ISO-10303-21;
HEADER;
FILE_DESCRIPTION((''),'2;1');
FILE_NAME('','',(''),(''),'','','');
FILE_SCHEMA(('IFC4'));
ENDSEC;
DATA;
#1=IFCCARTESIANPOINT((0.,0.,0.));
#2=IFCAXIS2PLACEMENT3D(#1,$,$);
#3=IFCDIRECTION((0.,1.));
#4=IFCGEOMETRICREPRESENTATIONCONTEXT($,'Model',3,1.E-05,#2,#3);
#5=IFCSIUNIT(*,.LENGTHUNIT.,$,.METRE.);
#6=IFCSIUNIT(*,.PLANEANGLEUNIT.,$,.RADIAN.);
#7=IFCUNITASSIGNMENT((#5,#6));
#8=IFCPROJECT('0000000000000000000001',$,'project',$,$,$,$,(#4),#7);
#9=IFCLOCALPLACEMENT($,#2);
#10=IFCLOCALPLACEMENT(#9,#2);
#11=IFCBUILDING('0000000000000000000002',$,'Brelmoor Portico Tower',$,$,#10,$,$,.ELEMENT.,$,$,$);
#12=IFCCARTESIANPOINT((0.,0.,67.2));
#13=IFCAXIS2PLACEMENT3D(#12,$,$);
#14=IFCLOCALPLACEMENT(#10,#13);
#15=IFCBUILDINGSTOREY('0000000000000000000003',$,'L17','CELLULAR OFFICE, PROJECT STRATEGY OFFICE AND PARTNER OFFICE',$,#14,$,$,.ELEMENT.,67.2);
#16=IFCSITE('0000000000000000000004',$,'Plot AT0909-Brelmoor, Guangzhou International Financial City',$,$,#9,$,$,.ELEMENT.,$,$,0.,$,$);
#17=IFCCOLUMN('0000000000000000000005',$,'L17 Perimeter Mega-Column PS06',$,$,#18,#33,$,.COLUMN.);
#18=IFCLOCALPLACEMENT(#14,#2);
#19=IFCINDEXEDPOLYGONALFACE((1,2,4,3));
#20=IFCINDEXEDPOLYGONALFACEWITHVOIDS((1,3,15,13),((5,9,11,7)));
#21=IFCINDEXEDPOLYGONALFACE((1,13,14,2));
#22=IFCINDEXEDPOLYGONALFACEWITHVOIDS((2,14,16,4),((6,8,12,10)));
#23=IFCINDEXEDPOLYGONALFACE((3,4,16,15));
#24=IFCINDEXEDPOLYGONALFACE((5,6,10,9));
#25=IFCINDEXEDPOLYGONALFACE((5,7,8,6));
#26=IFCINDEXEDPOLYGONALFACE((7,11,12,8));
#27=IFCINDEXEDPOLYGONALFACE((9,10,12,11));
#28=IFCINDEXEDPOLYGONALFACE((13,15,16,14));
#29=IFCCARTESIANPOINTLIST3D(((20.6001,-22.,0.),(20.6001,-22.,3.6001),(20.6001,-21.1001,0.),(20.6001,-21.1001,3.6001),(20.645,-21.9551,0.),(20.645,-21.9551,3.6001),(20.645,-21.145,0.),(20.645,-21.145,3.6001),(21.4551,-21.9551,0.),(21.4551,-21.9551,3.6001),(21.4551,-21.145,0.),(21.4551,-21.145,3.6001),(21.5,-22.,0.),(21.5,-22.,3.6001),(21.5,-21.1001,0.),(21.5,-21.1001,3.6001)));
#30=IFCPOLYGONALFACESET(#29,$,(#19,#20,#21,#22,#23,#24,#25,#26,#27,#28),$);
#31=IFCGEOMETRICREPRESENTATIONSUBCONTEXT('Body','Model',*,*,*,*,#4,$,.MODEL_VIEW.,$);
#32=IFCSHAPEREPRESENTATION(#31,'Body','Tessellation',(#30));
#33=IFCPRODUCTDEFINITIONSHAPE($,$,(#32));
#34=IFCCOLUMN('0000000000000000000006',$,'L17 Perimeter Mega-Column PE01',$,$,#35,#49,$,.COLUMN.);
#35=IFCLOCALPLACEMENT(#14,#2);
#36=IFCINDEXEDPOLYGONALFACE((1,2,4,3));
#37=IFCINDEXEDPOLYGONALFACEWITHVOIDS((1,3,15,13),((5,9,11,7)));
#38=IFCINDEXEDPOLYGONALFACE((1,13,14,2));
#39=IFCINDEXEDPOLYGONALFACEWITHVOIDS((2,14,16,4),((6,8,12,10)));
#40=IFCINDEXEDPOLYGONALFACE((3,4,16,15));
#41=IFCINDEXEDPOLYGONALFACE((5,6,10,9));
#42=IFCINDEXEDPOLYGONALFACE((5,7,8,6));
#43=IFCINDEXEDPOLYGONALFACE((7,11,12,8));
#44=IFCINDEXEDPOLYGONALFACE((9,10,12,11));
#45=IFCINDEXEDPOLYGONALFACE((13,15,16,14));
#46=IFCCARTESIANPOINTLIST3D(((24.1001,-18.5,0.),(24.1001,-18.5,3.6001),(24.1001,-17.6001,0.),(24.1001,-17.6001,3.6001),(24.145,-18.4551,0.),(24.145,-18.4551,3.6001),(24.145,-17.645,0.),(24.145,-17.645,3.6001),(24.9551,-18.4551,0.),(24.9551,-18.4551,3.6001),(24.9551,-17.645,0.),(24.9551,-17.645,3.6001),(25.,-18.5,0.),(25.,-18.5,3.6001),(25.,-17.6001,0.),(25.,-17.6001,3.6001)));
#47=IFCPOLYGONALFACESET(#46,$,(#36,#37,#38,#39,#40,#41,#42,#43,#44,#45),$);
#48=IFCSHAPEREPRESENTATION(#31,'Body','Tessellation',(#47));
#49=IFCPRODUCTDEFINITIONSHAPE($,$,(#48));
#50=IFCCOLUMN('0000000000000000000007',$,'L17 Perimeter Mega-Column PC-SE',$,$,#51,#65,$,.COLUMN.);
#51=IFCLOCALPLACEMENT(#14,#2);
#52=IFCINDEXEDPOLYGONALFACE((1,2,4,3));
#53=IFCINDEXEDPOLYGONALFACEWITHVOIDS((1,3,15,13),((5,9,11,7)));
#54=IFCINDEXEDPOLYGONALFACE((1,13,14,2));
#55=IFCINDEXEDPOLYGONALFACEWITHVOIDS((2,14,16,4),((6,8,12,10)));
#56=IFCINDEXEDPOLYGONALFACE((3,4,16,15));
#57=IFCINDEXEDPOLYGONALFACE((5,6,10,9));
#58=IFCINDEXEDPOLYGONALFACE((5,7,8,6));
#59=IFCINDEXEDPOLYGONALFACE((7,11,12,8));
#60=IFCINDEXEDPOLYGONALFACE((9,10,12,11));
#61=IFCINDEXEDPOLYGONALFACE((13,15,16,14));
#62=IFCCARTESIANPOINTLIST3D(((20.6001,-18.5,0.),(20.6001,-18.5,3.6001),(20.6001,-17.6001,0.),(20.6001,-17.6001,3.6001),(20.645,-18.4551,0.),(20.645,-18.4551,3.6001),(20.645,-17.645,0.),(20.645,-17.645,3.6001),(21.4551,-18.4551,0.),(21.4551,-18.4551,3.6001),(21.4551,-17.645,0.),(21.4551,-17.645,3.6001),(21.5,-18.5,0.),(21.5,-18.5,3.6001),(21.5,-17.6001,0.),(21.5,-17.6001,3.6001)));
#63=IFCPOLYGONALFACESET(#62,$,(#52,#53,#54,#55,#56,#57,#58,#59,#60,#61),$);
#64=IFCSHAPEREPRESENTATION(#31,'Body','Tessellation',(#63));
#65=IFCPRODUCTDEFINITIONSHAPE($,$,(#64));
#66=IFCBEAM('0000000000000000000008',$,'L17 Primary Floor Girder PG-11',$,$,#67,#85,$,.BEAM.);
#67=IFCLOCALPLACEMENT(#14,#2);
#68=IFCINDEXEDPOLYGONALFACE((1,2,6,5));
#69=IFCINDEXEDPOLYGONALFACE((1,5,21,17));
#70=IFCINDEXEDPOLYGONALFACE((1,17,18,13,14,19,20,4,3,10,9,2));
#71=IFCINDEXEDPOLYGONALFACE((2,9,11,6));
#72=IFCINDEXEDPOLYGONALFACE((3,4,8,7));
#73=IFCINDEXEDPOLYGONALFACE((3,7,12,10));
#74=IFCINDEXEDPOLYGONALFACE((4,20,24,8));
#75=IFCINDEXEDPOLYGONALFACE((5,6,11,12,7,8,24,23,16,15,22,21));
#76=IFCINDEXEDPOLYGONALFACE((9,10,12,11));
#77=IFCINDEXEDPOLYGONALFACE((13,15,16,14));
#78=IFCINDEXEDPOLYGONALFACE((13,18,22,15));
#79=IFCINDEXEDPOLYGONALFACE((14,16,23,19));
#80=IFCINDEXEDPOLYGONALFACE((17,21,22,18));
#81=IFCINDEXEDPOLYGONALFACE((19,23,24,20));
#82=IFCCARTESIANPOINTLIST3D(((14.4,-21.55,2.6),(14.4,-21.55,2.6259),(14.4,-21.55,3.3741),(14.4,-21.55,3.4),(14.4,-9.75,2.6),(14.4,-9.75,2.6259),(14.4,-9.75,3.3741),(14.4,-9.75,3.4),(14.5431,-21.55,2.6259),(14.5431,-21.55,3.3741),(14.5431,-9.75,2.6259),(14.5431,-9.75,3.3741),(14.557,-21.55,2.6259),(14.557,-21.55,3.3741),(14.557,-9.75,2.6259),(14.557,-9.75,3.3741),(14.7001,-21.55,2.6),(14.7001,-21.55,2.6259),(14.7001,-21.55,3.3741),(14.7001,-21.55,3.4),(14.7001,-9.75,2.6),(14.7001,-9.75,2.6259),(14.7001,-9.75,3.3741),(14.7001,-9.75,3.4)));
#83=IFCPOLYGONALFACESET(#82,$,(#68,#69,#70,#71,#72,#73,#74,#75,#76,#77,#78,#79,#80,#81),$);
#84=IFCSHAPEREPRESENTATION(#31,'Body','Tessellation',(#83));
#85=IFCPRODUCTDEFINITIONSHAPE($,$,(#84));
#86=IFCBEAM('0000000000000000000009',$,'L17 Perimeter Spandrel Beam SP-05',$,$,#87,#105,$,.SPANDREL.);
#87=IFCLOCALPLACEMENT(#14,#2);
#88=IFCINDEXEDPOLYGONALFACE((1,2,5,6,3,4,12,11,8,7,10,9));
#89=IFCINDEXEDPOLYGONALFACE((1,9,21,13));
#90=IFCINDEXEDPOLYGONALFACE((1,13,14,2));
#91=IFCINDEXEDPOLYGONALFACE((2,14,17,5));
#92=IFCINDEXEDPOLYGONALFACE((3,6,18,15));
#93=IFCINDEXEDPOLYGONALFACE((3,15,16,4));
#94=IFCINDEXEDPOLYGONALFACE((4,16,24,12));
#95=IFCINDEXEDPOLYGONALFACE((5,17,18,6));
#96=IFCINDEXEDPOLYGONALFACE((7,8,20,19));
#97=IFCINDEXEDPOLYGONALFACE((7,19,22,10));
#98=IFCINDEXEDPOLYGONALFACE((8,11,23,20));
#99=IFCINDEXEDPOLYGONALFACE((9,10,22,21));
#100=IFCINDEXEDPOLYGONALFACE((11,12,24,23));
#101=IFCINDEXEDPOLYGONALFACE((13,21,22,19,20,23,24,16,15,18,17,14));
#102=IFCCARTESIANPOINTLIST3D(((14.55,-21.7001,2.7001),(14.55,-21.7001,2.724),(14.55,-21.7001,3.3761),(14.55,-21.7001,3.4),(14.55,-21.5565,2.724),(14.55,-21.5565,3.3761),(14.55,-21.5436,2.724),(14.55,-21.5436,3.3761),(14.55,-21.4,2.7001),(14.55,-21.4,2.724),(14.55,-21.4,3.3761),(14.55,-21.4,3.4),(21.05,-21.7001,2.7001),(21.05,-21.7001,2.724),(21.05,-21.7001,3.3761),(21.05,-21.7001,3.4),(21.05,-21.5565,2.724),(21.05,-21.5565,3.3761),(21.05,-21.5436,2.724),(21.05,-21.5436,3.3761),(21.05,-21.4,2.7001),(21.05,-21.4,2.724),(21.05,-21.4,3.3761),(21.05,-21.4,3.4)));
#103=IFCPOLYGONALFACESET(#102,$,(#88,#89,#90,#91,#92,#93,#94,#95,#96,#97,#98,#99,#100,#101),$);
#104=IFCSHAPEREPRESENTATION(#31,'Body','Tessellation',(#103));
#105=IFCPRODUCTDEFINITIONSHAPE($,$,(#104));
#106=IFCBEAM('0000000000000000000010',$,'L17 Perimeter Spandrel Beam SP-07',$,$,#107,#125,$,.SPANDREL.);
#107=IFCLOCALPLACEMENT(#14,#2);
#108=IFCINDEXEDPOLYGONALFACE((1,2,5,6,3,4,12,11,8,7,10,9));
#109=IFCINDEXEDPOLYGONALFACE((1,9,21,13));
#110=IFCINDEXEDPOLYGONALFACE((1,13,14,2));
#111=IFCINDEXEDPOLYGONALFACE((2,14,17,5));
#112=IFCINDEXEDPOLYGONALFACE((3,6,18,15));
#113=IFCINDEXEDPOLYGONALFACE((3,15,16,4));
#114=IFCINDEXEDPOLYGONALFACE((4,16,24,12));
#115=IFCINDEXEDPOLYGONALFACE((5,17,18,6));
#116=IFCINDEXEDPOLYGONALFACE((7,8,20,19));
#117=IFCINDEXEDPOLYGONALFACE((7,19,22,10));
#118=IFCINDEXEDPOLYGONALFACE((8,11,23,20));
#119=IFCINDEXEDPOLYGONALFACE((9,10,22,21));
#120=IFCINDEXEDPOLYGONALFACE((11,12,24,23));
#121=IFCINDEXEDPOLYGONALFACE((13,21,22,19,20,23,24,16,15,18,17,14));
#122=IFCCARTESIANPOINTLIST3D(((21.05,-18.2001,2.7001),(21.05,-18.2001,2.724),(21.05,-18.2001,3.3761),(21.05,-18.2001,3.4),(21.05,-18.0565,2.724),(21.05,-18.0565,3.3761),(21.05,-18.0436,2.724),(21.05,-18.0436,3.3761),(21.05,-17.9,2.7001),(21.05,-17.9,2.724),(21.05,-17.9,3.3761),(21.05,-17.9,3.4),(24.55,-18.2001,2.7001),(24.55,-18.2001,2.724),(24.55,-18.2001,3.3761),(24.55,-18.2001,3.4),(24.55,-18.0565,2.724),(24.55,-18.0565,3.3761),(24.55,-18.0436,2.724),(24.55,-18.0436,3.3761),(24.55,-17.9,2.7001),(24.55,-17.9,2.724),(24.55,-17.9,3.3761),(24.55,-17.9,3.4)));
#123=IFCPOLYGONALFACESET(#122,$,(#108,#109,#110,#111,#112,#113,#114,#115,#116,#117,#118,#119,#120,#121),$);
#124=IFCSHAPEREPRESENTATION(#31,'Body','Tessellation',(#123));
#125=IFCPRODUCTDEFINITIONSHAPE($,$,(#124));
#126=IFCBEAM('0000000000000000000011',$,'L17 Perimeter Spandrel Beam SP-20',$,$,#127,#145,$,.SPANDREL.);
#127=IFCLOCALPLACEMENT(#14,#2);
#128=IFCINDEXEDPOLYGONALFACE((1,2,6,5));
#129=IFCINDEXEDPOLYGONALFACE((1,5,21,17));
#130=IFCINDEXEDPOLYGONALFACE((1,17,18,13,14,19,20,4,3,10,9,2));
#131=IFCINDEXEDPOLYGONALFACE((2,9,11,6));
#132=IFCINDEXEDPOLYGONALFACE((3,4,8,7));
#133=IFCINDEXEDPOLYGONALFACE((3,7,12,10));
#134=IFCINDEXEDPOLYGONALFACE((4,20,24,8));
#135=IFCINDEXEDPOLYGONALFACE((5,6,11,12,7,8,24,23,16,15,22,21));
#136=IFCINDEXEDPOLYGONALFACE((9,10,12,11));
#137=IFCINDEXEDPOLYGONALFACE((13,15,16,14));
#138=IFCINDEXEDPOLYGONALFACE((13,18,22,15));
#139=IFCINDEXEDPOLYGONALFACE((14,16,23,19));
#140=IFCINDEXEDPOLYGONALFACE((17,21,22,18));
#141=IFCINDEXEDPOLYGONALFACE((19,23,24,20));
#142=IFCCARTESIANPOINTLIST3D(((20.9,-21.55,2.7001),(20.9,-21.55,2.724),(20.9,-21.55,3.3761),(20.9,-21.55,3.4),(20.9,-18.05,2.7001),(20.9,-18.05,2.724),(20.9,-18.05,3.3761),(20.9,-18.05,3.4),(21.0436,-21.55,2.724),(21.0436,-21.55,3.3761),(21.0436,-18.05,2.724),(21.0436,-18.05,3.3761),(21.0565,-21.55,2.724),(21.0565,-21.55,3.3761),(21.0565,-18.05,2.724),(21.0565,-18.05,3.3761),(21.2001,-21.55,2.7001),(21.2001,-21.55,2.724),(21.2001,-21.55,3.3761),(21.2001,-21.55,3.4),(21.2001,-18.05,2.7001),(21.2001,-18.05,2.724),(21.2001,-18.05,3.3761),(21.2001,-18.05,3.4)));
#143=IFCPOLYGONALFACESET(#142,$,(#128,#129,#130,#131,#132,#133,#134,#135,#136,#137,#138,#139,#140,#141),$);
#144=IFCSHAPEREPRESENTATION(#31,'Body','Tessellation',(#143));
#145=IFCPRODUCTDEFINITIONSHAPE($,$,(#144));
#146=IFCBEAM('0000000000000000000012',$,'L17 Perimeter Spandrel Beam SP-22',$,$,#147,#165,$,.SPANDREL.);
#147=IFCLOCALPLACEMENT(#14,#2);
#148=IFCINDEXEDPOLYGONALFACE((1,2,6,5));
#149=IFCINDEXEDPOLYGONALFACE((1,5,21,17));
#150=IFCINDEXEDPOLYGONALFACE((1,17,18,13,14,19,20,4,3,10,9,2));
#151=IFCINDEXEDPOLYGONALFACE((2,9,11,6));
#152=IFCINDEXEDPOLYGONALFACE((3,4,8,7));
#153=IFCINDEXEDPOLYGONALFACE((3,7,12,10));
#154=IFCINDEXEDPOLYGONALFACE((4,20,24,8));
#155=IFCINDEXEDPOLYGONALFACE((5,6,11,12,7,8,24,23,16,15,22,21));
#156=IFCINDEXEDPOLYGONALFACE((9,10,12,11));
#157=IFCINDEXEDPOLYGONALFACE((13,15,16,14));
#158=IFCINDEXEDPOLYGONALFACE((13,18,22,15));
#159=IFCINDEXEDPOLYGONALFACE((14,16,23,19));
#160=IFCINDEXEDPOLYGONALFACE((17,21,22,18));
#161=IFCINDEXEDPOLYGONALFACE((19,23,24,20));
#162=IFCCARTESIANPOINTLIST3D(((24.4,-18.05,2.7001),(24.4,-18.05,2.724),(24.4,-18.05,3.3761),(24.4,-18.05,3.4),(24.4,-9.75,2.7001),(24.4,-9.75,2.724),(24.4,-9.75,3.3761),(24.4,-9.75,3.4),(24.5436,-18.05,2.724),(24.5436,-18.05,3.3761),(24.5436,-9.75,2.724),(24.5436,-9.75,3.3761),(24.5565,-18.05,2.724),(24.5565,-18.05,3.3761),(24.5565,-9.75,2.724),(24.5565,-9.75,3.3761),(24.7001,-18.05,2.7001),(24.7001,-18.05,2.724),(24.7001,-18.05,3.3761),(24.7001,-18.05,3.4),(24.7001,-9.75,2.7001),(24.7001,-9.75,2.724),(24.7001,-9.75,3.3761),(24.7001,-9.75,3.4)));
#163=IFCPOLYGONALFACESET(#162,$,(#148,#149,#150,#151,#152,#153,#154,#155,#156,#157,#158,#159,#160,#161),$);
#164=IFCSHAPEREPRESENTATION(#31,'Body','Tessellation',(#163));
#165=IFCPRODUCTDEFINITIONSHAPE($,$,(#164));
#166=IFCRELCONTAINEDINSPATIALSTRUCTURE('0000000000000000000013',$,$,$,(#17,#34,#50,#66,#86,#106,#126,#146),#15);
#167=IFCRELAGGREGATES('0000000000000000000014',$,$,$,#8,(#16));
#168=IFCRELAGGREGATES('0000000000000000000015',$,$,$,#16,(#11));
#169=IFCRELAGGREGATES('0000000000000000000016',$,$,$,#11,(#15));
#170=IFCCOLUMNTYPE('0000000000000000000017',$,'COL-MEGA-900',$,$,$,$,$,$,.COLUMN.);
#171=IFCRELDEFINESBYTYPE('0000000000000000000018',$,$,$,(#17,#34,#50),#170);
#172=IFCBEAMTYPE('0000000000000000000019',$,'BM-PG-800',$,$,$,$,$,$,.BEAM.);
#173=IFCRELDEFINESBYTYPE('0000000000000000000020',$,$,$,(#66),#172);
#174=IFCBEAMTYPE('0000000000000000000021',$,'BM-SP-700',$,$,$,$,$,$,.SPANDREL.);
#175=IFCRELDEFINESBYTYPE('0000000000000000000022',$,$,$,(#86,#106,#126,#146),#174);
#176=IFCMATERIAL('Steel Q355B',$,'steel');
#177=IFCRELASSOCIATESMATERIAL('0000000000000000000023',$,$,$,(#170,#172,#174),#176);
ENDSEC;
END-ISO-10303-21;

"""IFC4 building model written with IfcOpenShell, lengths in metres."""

from ifc_helpers import new_model, si_unit, direction, frame, origin, origin_2d, place, context, subcontext, project, spatial, hollow_rectangle, i_section, extrude, material, material_profile, profile_set, type_object, element, save


model = new_model("IFC4")

# Units and contexts
model_context = context("Model", 3, precision=1e-05, world=origin(), true_north=direction((0.0, 1.0)))
body_context = subcontext(model_context, "Body", "Model", "MODEL_VIEW")
ifc_project = project(units=[si_unit("LENGTHUNIT", "METRE"), si_unit("PLANEANGLEUNIT", "RADIAN")], contexts=[model_context])

# Site, building, storey
site_placement = place(None, origin())
site = spatial("IfcSite", under=ifc_project, at=site_placement, Name="Plot AT0909-Brelmoor, Guangzhou International Financial City", CompositionType="ELEMENT", RefElevation=0.0)
building_placement = place(site_placement, origin())
building = spatial("IfcBuilding", under=site, at=building_placement, Name="Brelmoor Portico Tower", CompositionType="ELEMENT")
storey_placement = place(building_placement, frame((0.0, 0.0, 67.2)))
storey = spatial("IfcBuildingStorey", under=building, at=storey_placement, Name="L17", Description="CELLULAR OFFICE, PROJECT STRATEGY OFFICE AND PARTNER OFFICE", CompositionType="ELEMENT", Elevation=67.2)

# Columns
ifc_material_1 = material(Name="Steel Q355B", Category="steel")
ifc_material_profile_1 = material_profile(ifc_material_1, hollow_rectangle(XDim=0.8999, YDim=0.8999, WallThickness=0.0449, at=origin_2d()), Name="BOX 900x900x45")
ifc_profile_set_1 = profile_set([ifc_material_profile_1], Name="Steel Q355B")
column_type = type_object("IfcColumnType", Name="COL-MEGA-900", PredefinedType="COLUMN", material=ifc_profile_set_1)
for number, where, z_axis, x_axis, name in (
    (1, (21.05, -21.55, 0.0), (0.0, 0.0, 1.0), (1.0, 0.0, 0.0), "L17 Perimeter Mega-Column PS06"),
    (2, (24.55, -18.05, 0.0), (0.0, 0.0, 1.0), (0.0, 1.0, 0.0), "L17 Perimeter Mega-Column PE01"),
    (3, (21.05, -18.05, 0.0), (0.0, 0.0, 1.0), (1.0, 0.0, 0.0), "L17 Perimeter Mega-Column PC-SE"),
):
    element("IfcColumn", number, at=place(storey_placement, frame(where, z_axis=z_axis, x_axis=x_axis)), inside=storey, type_object=column_type, Name=name, PredefinedType="COLUMN", context=body_context, shape_type="SweptSolid", body=[
        extrude(hollow_rectangle(XDim=0.8999, YDim=0.8999, WallThickness=0.0449, at=origin_2d()), origin(), (0.0, 0.0, 1.0), 3.6001),
    ])

# Beams
ifc_material_profile_2 = material_profile(ifc_material_1, i_section(OverallWidth=0.3, OverallDepth=0.8, WebThickness=0.0139, FlangeThickness=0.0259, at=origin_2d()), Name="HN 800x300x14x26")
ifc_profile_set_2 = profile_set([ifc_material_profile_2], Name="Steel Q355B")
beam_type_1 = type_object("IfcBeamType", Name="BM-PG-800", PredefinedType="BEAM", material=ifc_profile_set_2)
beam_1_placement = place(storey_placement, frame((14.55, -21.55, 3.0), z_axis=(0.0, 1.0, 0.0), x_axis=(-1.0, 0.0, 0.0)))
element("IfcBeam", 4, at=beam_1_placement, inside=storey, type_object=beam_type_1, Name="L17 Primary Floor Girder PG-11", PredefinedType="BEAM", context=body_context, shape_type="SweptSolid", body=[
    extrude(i_section(OverallWidth=0.3, OverallDepth=0.8, WebThickness=0.0139, FlangeThickness=0.0259, at=origin_2d()), origin(), (0.0, 0.0, 1.0), 11.8),
])
ifc_material_profile_3 = material_profile(ifc_material_1, i_section(OverallWidth=0.3, OverallDepth=0.7, WebThickness=0.0129, FlangeThickness=0.0239, at=origin_2d()), Name="HN 700x300x13x24")
ifc_profile_set_3 = profile_set([ifc_material_profile_3], Name="Steel Q355B")
beam_type_2 = type_object("IfcBeamType", Name="BM-SP-700", PredefinedType="SPANDREL", material=ifc_profile_set_3)
beam_2_placement = place(storey_placement, frame((14.55, -21.55, 3.05), z_axis=(1.0, 0.0, 0.0), x_axis=(0.0, 1.0, 0.0)))
element("IfcBeam", 5, at=beam_2_placement, inside=storey, type_object=beam_type_2, Name="L17 Perimeter Spandrel Beam SP-05", PredefinedType="SPANDREL", context=body_context, shape_type="SweptSolid", body=[
    extrude(i_section(OverallWidth=0.3, OverallDepth=0.7, WebThickness=0.0129, FlangeThickness=0.0239, at=origin_2d()), origin(), (0.0, 0.0, 1.0), 6.5),
])
for number, where, z_axis, x_axis, name in (
    (6, (21.05, -18.05, 3.05), (1.0, 0.0, 0.0), (0.0, 1.0, 0.0), "L17 Perimeter Spandrel Beam SP-07"),
    (7, (21.05, -21.55, 3.05), (0.0, 1.0, 0.0), (-1.0, 0.0, 0.0), "L17 Perimeter Spandrel Beam SP-20"),
):
    element("IfcBeam", number, at=place(storey_placement, frame(where, z_axis=z_axis, x_axis=x_axis)), inside=storey, type_object=beam_type_2, Name=name, PredefinedType="SPANDREL", context=body_context, shape_type="SweptSolid", body=[
        extrude(i_section(OverallWidth=0.3, OverallDepth=0.7, WebThickness=0.0129, FlangeThickness=0.0239, at=origin_2d()), origin(), (0.0, 0.0, 1.0), 3.5),
    ])
beam_3_placement = place(storey_placement, frame((24.55, -18.05, 3.05), z_axis=(0.0, 1.0, 0.0), x_axis=(-1.0, 0.0, 0.0)))
element("IfcBeam", 8, at=beam_3_placement, inside=storey, type_object=beam_type_2, Name="L17 Perimeter Spandrel Beam SP-22", PredefinedType="SPANDREL", context=body_context, shape_type="SweptSolid", body=[
    extrude(i_section(OverallWidth=0.3, OverallDepth=0.7, WebThickness=0.0129, FlangeThickness=0.0239, at=origin_2d()), origin(), (0.0, 0.0, 1.0), 8.3),
])

save(model, "model.ifc")
